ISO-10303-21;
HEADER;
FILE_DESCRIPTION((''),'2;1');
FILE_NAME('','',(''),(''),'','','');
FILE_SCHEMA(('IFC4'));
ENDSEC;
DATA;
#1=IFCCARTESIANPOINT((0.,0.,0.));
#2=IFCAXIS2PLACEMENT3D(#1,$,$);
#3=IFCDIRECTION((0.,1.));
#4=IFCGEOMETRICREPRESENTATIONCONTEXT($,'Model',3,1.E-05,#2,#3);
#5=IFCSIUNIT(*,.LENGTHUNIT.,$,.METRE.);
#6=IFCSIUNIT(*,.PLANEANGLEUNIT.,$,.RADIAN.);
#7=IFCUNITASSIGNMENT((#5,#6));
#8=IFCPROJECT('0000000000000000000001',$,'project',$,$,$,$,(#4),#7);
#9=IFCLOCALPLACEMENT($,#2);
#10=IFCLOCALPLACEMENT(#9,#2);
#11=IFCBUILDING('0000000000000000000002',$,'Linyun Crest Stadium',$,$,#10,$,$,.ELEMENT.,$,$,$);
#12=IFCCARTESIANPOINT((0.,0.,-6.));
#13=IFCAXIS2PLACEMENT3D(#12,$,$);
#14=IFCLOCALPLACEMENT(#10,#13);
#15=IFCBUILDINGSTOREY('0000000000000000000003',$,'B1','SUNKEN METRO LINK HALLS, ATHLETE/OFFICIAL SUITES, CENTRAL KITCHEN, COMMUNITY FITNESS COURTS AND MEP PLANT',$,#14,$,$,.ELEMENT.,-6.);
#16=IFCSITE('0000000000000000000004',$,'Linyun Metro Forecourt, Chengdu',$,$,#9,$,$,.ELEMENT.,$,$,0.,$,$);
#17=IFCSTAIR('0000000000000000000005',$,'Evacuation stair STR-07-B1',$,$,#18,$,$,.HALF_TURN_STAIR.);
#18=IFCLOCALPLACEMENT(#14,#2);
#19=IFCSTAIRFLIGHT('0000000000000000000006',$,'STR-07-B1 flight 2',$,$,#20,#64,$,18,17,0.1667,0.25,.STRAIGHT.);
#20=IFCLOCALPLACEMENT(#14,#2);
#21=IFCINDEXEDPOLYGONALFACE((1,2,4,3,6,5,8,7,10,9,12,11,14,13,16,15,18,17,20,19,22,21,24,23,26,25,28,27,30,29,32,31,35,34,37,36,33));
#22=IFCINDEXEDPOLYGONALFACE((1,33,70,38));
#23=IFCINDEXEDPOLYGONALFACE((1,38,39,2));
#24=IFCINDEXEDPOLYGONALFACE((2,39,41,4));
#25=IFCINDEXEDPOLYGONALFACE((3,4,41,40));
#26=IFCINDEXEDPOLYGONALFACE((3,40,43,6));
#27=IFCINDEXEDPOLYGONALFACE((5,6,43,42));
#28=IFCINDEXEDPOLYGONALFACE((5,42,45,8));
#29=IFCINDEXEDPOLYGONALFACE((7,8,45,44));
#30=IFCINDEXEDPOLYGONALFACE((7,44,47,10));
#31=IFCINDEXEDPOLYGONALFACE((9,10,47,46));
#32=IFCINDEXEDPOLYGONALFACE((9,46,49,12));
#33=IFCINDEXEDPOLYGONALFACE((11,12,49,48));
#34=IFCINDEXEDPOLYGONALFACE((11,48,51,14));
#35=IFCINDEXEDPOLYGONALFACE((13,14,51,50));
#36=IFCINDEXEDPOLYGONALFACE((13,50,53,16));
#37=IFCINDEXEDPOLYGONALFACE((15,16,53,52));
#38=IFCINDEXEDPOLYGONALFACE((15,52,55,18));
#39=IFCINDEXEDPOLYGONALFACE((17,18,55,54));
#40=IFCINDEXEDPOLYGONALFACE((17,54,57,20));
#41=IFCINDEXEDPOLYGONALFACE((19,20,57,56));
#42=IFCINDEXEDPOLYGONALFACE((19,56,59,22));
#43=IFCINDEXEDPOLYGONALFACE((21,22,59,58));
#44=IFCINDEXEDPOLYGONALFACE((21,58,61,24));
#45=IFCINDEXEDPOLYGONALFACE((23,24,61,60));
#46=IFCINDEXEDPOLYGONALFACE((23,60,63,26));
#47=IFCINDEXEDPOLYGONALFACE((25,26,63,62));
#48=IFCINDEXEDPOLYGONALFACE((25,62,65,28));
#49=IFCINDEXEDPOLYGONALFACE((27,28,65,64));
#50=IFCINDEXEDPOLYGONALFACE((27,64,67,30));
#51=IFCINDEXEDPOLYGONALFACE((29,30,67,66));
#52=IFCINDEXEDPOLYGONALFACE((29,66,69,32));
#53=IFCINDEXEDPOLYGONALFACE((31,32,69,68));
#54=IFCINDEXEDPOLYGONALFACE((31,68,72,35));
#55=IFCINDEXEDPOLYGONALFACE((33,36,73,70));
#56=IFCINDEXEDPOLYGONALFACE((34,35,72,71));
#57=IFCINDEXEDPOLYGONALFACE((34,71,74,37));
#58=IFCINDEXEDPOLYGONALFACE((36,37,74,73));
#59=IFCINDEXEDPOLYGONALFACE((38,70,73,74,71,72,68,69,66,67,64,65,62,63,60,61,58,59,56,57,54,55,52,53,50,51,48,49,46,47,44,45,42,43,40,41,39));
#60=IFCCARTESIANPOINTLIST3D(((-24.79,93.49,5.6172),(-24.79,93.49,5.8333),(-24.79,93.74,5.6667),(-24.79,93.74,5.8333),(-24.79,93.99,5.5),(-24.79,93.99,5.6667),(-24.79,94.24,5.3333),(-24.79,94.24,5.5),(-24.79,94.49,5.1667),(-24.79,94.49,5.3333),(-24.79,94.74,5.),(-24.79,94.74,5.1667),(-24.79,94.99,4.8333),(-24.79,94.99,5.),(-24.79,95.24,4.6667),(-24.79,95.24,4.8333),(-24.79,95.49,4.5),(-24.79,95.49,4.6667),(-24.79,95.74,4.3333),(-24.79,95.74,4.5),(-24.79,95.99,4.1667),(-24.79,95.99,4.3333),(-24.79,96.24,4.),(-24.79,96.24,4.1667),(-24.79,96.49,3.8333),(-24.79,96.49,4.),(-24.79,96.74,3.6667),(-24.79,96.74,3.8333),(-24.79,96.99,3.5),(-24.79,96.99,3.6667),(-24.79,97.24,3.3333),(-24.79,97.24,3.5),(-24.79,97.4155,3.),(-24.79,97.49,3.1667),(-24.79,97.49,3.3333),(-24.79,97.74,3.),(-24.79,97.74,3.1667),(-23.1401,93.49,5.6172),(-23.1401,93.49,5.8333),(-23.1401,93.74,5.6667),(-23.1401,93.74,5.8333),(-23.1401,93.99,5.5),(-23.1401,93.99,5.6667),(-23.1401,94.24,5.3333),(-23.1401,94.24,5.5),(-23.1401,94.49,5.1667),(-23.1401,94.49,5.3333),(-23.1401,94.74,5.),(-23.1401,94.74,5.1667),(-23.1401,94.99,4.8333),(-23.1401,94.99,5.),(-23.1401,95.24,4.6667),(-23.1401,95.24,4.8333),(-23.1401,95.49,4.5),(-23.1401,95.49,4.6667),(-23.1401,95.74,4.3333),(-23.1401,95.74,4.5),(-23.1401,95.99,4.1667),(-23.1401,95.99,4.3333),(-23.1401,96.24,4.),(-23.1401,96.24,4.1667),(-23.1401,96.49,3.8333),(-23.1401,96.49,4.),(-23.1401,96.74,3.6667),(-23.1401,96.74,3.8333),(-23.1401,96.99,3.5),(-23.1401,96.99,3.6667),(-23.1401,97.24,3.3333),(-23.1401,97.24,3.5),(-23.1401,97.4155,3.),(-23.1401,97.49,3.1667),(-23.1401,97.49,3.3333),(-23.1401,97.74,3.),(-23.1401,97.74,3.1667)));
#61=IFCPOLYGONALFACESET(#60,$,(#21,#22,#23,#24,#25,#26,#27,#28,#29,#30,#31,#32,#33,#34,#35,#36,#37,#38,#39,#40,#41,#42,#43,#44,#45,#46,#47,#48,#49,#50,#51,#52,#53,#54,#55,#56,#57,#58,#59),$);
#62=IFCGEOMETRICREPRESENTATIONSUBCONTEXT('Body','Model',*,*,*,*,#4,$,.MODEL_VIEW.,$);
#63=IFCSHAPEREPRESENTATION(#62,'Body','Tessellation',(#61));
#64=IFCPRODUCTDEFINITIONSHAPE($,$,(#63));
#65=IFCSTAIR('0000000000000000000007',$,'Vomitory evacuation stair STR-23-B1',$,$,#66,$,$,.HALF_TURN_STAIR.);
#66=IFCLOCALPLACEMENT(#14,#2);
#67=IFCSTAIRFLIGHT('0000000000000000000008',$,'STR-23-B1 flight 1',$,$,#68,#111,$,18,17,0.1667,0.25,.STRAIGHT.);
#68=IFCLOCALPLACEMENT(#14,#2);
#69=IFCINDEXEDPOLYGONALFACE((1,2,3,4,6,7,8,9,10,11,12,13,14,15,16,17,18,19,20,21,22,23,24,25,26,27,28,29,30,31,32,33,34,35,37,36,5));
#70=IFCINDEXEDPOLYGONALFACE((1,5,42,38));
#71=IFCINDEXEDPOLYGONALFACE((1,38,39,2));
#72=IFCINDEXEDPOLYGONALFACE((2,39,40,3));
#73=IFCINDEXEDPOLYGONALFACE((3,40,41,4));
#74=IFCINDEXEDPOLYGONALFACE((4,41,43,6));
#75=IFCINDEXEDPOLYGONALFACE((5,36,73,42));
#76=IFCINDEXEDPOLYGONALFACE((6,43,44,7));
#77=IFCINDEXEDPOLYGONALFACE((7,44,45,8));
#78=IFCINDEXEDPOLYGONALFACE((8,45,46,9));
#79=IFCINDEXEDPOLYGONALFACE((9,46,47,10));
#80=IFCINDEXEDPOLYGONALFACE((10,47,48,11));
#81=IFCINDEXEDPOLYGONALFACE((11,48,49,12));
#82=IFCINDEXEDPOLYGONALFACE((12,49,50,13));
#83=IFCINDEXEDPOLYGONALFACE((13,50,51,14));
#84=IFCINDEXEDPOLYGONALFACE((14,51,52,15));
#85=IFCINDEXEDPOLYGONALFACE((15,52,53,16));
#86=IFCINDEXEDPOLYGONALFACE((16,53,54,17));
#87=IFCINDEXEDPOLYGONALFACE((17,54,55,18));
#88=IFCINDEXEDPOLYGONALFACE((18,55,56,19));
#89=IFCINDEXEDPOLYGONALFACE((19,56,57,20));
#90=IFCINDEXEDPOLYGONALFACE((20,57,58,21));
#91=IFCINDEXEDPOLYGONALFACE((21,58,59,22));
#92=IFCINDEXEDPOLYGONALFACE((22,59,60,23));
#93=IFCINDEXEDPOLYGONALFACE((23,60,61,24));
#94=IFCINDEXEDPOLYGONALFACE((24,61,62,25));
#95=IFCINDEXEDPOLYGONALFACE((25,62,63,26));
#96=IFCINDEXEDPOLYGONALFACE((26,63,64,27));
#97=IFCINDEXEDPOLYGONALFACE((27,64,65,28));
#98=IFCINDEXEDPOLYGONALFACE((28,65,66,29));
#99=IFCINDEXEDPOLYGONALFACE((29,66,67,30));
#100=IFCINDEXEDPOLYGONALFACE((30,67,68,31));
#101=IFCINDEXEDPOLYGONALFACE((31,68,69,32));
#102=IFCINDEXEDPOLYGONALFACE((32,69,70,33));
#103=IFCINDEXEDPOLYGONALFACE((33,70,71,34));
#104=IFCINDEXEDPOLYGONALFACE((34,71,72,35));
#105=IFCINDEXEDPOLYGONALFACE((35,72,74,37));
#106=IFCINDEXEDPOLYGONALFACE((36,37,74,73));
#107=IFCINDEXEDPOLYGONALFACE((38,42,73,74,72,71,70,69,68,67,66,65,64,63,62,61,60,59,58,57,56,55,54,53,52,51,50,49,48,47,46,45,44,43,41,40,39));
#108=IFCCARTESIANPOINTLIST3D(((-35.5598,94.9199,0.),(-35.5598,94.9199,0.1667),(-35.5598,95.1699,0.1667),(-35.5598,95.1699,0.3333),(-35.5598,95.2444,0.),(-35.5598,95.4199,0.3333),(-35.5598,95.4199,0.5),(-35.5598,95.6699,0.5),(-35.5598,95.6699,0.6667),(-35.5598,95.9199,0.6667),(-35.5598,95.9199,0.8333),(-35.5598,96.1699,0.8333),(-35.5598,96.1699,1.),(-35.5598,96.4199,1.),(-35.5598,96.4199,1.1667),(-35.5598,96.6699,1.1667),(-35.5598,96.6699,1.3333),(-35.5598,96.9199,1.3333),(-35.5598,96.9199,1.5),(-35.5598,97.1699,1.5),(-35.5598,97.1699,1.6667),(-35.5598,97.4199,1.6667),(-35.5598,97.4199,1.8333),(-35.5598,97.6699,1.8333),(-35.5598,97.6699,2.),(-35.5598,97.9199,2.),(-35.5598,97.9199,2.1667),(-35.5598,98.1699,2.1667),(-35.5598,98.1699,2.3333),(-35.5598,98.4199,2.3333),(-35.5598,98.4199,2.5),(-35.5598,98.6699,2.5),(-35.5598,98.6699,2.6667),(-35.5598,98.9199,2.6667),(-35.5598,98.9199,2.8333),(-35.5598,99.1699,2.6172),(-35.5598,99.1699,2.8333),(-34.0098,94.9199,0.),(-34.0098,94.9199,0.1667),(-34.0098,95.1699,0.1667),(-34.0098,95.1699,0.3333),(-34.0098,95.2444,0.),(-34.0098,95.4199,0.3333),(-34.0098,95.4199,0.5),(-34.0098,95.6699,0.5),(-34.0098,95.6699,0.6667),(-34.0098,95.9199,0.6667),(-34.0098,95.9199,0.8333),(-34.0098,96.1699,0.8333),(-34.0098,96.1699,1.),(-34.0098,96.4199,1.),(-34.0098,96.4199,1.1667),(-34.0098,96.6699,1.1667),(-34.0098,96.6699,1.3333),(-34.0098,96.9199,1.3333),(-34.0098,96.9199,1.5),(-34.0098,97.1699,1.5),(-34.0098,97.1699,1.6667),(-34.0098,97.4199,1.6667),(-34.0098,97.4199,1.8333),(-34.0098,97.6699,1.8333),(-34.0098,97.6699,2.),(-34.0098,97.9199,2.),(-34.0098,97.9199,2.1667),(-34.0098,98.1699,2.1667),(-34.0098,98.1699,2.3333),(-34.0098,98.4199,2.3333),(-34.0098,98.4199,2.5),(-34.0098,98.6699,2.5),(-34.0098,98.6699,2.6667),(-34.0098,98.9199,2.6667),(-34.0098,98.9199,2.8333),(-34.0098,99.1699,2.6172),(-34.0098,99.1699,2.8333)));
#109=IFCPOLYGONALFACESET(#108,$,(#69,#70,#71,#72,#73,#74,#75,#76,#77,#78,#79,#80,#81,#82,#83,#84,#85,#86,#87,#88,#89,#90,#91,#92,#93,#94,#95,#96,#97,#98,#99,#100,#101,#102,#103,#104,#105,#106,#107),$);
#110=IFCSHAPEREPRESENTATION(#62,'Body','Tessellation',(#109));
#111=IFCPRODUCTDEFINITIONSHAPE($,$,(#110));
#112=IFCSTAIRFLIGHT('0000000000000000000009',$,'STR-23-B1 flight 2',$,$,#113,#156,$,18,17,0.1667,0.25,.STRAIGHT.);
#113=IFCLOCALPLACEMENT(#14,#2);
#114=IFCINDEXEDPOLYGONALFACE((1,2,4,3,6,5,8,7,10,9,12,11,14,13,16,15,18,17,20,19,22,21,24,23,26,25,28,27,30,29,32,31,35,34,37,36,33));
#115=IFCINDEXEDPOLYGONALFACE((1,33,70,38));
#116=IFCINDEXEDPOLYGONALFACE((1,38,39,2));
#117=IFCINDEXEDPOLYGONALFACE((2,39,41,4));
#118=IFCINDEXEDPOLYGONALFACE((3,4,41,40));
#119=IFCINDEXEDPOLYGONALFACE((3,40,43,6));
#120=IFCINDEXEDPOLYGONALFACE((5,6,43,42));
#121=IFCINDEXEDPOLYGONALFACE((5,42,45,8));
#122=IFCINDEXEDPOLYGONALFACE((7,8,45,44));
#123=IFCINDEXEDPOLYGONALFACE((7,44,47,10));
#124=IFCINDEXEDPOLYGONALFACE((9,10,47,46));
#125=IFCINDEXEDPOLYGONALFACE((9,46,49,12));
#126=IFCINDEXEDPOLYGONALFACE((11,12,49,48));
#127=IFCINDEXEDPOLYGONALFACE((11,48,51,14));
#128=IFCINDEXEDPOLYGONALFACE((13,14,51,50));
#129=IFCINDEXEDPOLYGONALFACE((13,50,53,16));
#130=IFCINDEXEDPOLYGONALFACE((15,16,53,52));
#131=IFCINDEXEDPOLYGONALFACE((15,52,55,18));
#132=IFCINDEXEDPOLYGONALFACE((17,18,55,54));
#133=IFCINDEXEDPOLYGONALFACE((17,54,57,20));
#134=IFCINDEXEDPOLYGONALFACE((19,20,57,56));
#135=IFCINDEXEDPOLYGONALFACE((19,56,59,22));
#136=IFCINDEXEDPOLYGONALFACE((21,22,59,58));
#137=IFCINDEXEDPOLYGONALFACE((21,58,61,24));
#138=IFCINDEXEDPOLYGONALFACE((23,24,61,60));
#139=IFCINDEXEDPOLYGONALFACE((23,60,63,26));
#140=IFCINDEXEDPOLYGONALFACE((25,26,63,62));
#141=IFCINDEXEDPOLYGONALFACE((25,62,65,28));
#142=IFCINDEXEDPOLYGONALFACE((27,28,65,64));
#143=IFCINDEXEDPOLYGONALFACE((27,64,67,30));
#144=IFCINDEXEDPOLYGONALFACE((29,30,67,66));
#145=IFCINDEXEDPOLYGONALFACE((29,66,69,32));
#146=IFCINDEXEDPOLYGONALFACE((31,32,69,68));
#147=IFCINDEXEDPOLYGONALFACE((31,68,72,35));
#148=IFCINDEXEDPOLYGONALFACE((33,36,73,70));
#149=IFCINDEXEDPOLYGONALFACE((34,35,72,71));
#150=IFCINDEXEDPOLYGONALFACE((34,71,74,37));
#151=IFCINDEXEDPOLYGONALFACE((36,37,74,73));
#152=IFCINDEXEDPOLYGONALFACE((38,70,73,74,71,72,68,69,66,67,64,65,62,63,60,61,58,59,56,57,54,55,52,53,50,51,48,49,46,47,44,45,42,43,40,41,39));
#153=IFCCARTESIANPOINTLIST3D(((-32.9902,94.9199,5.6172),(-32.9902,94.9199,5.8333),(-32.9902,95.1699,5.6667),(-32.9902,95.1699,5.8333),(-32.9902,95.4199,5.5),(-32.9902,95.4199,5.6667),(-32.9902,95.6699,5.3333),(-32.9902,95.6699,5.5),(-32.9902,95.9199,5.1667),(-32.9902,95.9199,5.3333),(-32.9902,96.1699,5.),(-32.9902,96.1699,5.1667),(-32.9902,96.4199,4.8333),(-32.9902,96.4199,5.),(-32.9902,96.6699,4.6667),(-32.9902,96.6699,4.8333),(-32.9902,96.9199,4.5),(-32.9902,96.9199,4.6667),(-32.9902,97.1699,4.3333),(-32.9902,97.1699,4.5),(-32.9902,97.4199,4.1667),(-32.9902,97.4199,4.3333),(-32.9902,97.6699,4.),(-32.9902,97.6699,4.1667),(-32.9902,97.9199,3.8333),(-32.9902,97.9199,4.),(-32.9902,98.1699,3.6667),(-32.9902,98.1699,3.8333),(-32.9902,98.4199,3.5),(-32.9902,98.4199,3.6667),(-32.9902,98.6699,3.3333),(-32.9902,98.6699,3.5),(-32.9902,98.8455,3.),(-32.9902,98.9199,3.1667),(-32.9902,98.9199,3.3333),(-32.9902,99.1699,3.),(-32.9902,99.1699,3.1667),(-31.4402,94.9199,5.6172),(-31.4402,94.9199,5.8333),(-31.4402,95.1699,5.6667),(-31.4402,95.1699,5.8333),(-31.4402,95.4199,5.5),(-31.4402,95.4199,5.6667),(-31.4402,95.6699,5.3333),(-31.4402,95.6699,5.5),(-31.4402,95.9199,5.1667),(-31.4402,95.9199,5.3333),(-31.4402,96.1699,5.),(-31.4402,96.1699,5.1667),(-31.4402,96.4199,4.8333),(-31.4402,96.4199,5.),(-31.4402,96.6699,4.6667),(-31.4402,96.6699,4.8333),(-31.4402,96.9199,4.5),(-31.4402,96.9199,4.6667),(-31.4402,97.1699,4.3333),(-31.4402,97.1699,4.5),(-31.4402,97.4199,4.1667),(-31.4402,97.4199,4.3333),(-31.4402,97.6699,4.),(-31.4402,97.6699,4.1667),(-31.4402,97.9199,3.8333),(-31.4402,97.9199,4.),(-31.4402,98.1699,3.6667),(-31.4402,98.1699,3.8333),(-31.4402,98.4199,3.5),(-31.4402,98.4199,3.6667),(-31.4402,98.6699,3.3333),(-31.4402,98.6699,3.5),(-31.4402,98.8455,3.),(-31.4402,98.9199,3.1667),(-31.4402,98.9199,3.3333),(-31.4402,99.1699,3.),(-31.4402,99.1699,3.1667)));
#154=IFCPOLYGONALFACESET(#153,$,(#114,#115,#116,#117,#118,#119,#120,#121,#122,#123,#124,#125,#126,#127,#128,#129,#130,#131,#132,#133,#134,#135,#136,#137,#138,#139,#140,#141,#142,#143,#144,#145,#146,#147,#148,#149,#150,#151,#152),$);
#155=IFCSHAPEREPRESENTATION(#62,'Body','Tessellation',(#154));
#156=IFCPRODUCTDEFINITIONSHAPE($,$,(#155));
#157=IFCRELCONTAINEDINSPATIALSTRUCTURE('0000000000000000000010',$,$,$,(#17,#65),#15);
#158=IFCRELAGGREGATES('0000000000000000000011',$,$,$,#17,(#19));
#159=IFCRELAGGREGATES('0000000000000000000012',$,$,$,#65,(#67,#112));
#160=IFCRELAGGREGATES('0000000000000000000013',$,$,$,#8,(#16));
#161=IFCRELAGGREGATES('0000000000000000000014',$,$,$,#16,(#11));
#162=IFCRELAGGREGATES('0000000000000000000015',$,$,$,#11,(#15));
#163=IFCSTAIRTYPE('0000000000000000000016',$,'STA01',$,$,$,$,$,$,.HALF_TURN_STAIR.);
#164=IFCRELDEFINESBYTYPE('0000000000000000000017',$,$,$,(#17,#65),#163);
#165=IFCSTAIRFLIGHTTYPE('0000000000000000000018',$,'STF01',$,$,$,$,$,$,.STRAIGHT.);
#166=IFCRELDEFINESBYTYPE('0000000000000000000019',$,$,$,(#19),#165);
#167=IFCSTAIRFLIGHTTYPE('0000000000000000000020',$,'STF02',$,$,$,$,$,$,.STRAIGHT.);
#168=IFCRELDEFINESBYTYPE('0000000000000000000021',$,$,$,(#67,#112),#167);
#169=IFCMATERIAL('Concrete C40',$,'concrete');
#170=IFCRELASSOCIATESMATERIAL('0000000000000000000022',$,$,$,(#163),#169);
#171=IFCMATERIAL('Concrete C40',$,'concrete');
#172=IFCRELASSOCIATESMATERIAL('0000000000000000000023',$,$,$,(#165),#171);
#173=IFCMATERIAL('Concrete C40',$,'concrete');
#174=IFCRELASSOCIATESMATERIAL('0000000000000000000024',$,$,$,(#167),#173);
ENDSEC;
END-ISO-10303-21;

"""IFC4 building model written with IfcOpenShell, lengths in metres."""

from ifc_helpers import new_model, si_unit, direction, frame, origin, place, context, subcontext, project, spatial, polyline, outline, extrude, material, type_object, element, aggregate, save


model = new_model("IFC4")

# Units and contexts
model_context = context("Model", 3, precision=1e-05, world=origin(), true_north=direction((0.0, 1.0)))
body_context = subcontext(model_context, "Body", "Model", "MODEL_VIEW")
ifc_project = project(units=[si_unit("LENGTHUNIT", "METRE"), si_unit("PLANEANGLEUNIT", "RADIAN")], contexts=[model_context])

# Site, building, storey
site_placement = place(None, origin())
site = spatial("IfcSite", under=ifc_project, at=site_placement, Name="Linyun Metro Forecourt, Chengdu", CompositionType="ELEMENT", RefElevation=0.0)
building_placement = place(site_placement, origin())
building = spatial("IfcBuilding", under=site, at=building_placement, Name="Linyun Crest Stadium", CompositionType="ELEMENT")
storey_placement = place(building_placement, frame((0.0, 0.0, -6.0)))
storey = spatial("IfcBuildingStorey", under=building, at=storey_placement, Name="B1", Description="SUNKEN METRO LINK HALLS, ATHLETE/OFFICIAL SUITES, CENTRAL KITCHEN, COMMUNITY FITNESS COURTS AND MEP PLANT", CompositionType="ELEMENT", Elevation=-6.0)

# Stairs, stair flights
ifc_material_1 = material(Name="Concrete C40", Category="concrete")
stair_type = type_object("IfcStairType", Name="STA01", PredefinedType="HALF_TURN_STAIR", material=ifc_material_1)
stair_1_placement = place(storey_placement, origin())
stair_1 = element("IfcStair", 1, at=stair_1_placement, inside=storey, type_object=stair_type, Name="Evacuation stair STR-07-B1", PredefinedType="HALF_TURN_STAIR")
ifc_material_2 = material(Name="Concrete C40", Category="concrete")
stair_flight_type_1 = type_object("IfcStairFlightType", Name="STF01", PredefinedType="STRAIGHT", material=ifc_material_2)
stair_flight_1_placement = place(storey_placement, frame((-23.9651, 97.74, 3.0), z_axis=(0.0, 0.0, 1.0), x_axis=(0.0, -1.0, 0.0)))
stair_flight_1 = element("IfcStairFlight", 2, at=stair_flight_1_placement, type_object=stair_flight_type_1, Name="STR-07-B1 flight 2", NumberOfRisers=18, NumberOfTreads=17, PredefinedType="STRAIGHT", RiserHeight=0.1667, TreadLength=0.25, context=body_context, shape_type="SweptSolid", body=[
    extrude(outline(polyline([(0.0, 0.0), (0.0, 0.1667), (0.25, 0.1667), (0.25, 0.3333), (0.5, 0.3333), (0.5, 0.5), (0.75, 0.5), (0.75, 0.6667), (1.0, 0.6667), (1.0, 0.8333), (1.25, 0.8333), (1.25, 1.0), (1.5, 1.0), (1.5, 1.1667), (1.75, 1.1667), (1.75, 1.3333), (2.0, 1.3333), (2.0, 1.5), (2.25, 1.5), (2.25, 1.6667), (2.5, 1.6667), (2.5, 1.8333), (2.75, 1.8333), (2.75, 2.0), (3.0, 2.0), (3.0, 2.1667), (3.25, 2.1667), (3.25, 2.3333), (3.5, 2.3333), (3.5, 2.5), (3.75, 2.5), (3.75, 2.6667), (4.0, 2.6667), (4.0, 2.8333), (4.25, 2.8333), (4.25, 3.0), (4.25, 2.6172), (0.3245, 0.0), (0.0, 0.0)])), frame((0.0, 0.825, 0.0), z_axis=(0.0, -1.0, 0.0), x_axis=(1.0, 0.0, 0.0)), (0.0, 0.0, 1.0), 1.6499),
])
aggregate(stair_1, [stair_flight_1])
stair_2_placement = place(storey_placement, origin())
stair_2 = element("IfcStair", 3, at=stair_2_placement, inside=storey, type_object=stair_type, Name="Vomitory evacuation stair STR-23-B1", PredefinedType="HALF_TURN_STAIR")
ifc_material_3 = material(Name="Concrete C40", Category="concrete")
stair_flight_type_2 = type_object("IfcStairFlightType", Name="STF02", PredefinedType="STRAIGHT", material=ifc_material_3)
stair_flight_2_placement = place(storey_placement, frame((-34.7849, 94.9199, 0.0), z_axis=(0.0, 0.0, 1.0), x_axis=(0.0, 1.0, 0.0)))
stair_flight_2 = element("IfcStairFlight", 4, at=stair_flight_2_placement, type_object=stair_flight_type_2, Name="STR-23-B1 flight 1", NumberOfRisers=18, NumberOfTreads=17, PredefinedType="STRAIGHT", RiserHeight=0.1667, TreadLength=0.25, context=body_context, shape_type="SweptSolid", body=[
    extrude(outline(polyline([(0.0, 0.0), (0.0, 0.1667), (0.25, 0.1667), (0.25, 0.3333), (0.5, 0.3333), (0.5, 0.5), (0.75, 0.5), (0.75, 0.6667), (1.0, 0.6667), (1.0, 0.8333), (1.25, 0.8333), (1.25, 1.0), (1.5, 1.0), (1.5, 1.1667), (1.75, 1.1667), (1.75, 1.3333), (2.0, 1.3333), (2.0, 1.5), (2.25, 1.5), (2.25, 1.6667), (2.5, 1.6667), (2.5, 1.8333), (2.75, 1.8333), (2.75, 2.0), (3.0, 2.0), (3.0, 2.1667), (3.25, 2.1667), (3.25, 2.3333), (3.5, 2.3333), (3.5, 2.5), (3.75, 2.5), (3.75, 2.6667), (4.0, 2.6667), (4.0, 2.8333), (4.25, 2.8333), (4.25, 3.0), (4.25, 2.6172), (0.3245, 0.0), (0.0, 0.0)])), frame((0.0, 0.7749, 0.0), z_axis=(0.0, -1.0, 0.0), x_axis=(1.0, 0.0, 0.0)), (0.0, 0.0, 1.0), 1.55),
])
stair_flight_3_placement = place(storey_placement, frame((-32.2151, 99.1699, 3.0), z_axis=(0.0, 0.0, 1.0), x_axis=(0.0, -1.0, 0.0)))
stair_flight_3 = element("IfcStairFlight", 5, at=stair_flight_3_placement, type_object=stair_flight_type_2, Name="STR-23-B1 flight 2", NumberOfRisers=18, NumberOfTreads=17, PredefinedType="STRAIGHT", RiserHeight=0.1667, TreadLength=0.25, context=body_context, shape_type="SweptSolid", body=[
    extrude(outline(polyline([(0.0, 0.0), (0.0, 0.1667), (0.25, 0.1667), (0.25, 0.3333), (0.5, 0.3333), (0.5, 0.5), (0.75, 0.5), (0.75, 0.6667), (1.0, 0.6667), (1.0, 0.8333), (1.25, 0.8333), (1.25, 1.0), (1.5, 1.0), (1.5, 1.1667), (1.75, 1.1667), (1.75, 1.3333), (2.0, 1.3333), (2.0, 1.5), (2.25, 1.5), (2.25, 1.6667), (2.5, 1.6667), (2.5, 1.8333), (2.75, 1.8333), (2.75, 2.0), (3.0, 2.0), (3.0, 2.1667), (3.25, 2.1667), (3.25, 2.3333), (3.5, 2.3333), (3.5, 2.5), (3.75, 2.5), (3.75, 2.6667), (4.0, 2.6667), (4.0, 2.8333), (4.25, 2.8333), (4.25, 3.0), (4.25, 2.6172), (0.3245, 0.0), (0.0, 0.0)])), frame((0.0, 0.7749, 0.0), z_axis=(0.0, -1.0, 0.0), x_axis=(1.0, 0.0, 0.0)), (0.0, 0.0, 1.0), 1.55),
])
aggregate(stair_2, [stair_flight_2, stair_flight_3])

save(model, "model.ifc")
